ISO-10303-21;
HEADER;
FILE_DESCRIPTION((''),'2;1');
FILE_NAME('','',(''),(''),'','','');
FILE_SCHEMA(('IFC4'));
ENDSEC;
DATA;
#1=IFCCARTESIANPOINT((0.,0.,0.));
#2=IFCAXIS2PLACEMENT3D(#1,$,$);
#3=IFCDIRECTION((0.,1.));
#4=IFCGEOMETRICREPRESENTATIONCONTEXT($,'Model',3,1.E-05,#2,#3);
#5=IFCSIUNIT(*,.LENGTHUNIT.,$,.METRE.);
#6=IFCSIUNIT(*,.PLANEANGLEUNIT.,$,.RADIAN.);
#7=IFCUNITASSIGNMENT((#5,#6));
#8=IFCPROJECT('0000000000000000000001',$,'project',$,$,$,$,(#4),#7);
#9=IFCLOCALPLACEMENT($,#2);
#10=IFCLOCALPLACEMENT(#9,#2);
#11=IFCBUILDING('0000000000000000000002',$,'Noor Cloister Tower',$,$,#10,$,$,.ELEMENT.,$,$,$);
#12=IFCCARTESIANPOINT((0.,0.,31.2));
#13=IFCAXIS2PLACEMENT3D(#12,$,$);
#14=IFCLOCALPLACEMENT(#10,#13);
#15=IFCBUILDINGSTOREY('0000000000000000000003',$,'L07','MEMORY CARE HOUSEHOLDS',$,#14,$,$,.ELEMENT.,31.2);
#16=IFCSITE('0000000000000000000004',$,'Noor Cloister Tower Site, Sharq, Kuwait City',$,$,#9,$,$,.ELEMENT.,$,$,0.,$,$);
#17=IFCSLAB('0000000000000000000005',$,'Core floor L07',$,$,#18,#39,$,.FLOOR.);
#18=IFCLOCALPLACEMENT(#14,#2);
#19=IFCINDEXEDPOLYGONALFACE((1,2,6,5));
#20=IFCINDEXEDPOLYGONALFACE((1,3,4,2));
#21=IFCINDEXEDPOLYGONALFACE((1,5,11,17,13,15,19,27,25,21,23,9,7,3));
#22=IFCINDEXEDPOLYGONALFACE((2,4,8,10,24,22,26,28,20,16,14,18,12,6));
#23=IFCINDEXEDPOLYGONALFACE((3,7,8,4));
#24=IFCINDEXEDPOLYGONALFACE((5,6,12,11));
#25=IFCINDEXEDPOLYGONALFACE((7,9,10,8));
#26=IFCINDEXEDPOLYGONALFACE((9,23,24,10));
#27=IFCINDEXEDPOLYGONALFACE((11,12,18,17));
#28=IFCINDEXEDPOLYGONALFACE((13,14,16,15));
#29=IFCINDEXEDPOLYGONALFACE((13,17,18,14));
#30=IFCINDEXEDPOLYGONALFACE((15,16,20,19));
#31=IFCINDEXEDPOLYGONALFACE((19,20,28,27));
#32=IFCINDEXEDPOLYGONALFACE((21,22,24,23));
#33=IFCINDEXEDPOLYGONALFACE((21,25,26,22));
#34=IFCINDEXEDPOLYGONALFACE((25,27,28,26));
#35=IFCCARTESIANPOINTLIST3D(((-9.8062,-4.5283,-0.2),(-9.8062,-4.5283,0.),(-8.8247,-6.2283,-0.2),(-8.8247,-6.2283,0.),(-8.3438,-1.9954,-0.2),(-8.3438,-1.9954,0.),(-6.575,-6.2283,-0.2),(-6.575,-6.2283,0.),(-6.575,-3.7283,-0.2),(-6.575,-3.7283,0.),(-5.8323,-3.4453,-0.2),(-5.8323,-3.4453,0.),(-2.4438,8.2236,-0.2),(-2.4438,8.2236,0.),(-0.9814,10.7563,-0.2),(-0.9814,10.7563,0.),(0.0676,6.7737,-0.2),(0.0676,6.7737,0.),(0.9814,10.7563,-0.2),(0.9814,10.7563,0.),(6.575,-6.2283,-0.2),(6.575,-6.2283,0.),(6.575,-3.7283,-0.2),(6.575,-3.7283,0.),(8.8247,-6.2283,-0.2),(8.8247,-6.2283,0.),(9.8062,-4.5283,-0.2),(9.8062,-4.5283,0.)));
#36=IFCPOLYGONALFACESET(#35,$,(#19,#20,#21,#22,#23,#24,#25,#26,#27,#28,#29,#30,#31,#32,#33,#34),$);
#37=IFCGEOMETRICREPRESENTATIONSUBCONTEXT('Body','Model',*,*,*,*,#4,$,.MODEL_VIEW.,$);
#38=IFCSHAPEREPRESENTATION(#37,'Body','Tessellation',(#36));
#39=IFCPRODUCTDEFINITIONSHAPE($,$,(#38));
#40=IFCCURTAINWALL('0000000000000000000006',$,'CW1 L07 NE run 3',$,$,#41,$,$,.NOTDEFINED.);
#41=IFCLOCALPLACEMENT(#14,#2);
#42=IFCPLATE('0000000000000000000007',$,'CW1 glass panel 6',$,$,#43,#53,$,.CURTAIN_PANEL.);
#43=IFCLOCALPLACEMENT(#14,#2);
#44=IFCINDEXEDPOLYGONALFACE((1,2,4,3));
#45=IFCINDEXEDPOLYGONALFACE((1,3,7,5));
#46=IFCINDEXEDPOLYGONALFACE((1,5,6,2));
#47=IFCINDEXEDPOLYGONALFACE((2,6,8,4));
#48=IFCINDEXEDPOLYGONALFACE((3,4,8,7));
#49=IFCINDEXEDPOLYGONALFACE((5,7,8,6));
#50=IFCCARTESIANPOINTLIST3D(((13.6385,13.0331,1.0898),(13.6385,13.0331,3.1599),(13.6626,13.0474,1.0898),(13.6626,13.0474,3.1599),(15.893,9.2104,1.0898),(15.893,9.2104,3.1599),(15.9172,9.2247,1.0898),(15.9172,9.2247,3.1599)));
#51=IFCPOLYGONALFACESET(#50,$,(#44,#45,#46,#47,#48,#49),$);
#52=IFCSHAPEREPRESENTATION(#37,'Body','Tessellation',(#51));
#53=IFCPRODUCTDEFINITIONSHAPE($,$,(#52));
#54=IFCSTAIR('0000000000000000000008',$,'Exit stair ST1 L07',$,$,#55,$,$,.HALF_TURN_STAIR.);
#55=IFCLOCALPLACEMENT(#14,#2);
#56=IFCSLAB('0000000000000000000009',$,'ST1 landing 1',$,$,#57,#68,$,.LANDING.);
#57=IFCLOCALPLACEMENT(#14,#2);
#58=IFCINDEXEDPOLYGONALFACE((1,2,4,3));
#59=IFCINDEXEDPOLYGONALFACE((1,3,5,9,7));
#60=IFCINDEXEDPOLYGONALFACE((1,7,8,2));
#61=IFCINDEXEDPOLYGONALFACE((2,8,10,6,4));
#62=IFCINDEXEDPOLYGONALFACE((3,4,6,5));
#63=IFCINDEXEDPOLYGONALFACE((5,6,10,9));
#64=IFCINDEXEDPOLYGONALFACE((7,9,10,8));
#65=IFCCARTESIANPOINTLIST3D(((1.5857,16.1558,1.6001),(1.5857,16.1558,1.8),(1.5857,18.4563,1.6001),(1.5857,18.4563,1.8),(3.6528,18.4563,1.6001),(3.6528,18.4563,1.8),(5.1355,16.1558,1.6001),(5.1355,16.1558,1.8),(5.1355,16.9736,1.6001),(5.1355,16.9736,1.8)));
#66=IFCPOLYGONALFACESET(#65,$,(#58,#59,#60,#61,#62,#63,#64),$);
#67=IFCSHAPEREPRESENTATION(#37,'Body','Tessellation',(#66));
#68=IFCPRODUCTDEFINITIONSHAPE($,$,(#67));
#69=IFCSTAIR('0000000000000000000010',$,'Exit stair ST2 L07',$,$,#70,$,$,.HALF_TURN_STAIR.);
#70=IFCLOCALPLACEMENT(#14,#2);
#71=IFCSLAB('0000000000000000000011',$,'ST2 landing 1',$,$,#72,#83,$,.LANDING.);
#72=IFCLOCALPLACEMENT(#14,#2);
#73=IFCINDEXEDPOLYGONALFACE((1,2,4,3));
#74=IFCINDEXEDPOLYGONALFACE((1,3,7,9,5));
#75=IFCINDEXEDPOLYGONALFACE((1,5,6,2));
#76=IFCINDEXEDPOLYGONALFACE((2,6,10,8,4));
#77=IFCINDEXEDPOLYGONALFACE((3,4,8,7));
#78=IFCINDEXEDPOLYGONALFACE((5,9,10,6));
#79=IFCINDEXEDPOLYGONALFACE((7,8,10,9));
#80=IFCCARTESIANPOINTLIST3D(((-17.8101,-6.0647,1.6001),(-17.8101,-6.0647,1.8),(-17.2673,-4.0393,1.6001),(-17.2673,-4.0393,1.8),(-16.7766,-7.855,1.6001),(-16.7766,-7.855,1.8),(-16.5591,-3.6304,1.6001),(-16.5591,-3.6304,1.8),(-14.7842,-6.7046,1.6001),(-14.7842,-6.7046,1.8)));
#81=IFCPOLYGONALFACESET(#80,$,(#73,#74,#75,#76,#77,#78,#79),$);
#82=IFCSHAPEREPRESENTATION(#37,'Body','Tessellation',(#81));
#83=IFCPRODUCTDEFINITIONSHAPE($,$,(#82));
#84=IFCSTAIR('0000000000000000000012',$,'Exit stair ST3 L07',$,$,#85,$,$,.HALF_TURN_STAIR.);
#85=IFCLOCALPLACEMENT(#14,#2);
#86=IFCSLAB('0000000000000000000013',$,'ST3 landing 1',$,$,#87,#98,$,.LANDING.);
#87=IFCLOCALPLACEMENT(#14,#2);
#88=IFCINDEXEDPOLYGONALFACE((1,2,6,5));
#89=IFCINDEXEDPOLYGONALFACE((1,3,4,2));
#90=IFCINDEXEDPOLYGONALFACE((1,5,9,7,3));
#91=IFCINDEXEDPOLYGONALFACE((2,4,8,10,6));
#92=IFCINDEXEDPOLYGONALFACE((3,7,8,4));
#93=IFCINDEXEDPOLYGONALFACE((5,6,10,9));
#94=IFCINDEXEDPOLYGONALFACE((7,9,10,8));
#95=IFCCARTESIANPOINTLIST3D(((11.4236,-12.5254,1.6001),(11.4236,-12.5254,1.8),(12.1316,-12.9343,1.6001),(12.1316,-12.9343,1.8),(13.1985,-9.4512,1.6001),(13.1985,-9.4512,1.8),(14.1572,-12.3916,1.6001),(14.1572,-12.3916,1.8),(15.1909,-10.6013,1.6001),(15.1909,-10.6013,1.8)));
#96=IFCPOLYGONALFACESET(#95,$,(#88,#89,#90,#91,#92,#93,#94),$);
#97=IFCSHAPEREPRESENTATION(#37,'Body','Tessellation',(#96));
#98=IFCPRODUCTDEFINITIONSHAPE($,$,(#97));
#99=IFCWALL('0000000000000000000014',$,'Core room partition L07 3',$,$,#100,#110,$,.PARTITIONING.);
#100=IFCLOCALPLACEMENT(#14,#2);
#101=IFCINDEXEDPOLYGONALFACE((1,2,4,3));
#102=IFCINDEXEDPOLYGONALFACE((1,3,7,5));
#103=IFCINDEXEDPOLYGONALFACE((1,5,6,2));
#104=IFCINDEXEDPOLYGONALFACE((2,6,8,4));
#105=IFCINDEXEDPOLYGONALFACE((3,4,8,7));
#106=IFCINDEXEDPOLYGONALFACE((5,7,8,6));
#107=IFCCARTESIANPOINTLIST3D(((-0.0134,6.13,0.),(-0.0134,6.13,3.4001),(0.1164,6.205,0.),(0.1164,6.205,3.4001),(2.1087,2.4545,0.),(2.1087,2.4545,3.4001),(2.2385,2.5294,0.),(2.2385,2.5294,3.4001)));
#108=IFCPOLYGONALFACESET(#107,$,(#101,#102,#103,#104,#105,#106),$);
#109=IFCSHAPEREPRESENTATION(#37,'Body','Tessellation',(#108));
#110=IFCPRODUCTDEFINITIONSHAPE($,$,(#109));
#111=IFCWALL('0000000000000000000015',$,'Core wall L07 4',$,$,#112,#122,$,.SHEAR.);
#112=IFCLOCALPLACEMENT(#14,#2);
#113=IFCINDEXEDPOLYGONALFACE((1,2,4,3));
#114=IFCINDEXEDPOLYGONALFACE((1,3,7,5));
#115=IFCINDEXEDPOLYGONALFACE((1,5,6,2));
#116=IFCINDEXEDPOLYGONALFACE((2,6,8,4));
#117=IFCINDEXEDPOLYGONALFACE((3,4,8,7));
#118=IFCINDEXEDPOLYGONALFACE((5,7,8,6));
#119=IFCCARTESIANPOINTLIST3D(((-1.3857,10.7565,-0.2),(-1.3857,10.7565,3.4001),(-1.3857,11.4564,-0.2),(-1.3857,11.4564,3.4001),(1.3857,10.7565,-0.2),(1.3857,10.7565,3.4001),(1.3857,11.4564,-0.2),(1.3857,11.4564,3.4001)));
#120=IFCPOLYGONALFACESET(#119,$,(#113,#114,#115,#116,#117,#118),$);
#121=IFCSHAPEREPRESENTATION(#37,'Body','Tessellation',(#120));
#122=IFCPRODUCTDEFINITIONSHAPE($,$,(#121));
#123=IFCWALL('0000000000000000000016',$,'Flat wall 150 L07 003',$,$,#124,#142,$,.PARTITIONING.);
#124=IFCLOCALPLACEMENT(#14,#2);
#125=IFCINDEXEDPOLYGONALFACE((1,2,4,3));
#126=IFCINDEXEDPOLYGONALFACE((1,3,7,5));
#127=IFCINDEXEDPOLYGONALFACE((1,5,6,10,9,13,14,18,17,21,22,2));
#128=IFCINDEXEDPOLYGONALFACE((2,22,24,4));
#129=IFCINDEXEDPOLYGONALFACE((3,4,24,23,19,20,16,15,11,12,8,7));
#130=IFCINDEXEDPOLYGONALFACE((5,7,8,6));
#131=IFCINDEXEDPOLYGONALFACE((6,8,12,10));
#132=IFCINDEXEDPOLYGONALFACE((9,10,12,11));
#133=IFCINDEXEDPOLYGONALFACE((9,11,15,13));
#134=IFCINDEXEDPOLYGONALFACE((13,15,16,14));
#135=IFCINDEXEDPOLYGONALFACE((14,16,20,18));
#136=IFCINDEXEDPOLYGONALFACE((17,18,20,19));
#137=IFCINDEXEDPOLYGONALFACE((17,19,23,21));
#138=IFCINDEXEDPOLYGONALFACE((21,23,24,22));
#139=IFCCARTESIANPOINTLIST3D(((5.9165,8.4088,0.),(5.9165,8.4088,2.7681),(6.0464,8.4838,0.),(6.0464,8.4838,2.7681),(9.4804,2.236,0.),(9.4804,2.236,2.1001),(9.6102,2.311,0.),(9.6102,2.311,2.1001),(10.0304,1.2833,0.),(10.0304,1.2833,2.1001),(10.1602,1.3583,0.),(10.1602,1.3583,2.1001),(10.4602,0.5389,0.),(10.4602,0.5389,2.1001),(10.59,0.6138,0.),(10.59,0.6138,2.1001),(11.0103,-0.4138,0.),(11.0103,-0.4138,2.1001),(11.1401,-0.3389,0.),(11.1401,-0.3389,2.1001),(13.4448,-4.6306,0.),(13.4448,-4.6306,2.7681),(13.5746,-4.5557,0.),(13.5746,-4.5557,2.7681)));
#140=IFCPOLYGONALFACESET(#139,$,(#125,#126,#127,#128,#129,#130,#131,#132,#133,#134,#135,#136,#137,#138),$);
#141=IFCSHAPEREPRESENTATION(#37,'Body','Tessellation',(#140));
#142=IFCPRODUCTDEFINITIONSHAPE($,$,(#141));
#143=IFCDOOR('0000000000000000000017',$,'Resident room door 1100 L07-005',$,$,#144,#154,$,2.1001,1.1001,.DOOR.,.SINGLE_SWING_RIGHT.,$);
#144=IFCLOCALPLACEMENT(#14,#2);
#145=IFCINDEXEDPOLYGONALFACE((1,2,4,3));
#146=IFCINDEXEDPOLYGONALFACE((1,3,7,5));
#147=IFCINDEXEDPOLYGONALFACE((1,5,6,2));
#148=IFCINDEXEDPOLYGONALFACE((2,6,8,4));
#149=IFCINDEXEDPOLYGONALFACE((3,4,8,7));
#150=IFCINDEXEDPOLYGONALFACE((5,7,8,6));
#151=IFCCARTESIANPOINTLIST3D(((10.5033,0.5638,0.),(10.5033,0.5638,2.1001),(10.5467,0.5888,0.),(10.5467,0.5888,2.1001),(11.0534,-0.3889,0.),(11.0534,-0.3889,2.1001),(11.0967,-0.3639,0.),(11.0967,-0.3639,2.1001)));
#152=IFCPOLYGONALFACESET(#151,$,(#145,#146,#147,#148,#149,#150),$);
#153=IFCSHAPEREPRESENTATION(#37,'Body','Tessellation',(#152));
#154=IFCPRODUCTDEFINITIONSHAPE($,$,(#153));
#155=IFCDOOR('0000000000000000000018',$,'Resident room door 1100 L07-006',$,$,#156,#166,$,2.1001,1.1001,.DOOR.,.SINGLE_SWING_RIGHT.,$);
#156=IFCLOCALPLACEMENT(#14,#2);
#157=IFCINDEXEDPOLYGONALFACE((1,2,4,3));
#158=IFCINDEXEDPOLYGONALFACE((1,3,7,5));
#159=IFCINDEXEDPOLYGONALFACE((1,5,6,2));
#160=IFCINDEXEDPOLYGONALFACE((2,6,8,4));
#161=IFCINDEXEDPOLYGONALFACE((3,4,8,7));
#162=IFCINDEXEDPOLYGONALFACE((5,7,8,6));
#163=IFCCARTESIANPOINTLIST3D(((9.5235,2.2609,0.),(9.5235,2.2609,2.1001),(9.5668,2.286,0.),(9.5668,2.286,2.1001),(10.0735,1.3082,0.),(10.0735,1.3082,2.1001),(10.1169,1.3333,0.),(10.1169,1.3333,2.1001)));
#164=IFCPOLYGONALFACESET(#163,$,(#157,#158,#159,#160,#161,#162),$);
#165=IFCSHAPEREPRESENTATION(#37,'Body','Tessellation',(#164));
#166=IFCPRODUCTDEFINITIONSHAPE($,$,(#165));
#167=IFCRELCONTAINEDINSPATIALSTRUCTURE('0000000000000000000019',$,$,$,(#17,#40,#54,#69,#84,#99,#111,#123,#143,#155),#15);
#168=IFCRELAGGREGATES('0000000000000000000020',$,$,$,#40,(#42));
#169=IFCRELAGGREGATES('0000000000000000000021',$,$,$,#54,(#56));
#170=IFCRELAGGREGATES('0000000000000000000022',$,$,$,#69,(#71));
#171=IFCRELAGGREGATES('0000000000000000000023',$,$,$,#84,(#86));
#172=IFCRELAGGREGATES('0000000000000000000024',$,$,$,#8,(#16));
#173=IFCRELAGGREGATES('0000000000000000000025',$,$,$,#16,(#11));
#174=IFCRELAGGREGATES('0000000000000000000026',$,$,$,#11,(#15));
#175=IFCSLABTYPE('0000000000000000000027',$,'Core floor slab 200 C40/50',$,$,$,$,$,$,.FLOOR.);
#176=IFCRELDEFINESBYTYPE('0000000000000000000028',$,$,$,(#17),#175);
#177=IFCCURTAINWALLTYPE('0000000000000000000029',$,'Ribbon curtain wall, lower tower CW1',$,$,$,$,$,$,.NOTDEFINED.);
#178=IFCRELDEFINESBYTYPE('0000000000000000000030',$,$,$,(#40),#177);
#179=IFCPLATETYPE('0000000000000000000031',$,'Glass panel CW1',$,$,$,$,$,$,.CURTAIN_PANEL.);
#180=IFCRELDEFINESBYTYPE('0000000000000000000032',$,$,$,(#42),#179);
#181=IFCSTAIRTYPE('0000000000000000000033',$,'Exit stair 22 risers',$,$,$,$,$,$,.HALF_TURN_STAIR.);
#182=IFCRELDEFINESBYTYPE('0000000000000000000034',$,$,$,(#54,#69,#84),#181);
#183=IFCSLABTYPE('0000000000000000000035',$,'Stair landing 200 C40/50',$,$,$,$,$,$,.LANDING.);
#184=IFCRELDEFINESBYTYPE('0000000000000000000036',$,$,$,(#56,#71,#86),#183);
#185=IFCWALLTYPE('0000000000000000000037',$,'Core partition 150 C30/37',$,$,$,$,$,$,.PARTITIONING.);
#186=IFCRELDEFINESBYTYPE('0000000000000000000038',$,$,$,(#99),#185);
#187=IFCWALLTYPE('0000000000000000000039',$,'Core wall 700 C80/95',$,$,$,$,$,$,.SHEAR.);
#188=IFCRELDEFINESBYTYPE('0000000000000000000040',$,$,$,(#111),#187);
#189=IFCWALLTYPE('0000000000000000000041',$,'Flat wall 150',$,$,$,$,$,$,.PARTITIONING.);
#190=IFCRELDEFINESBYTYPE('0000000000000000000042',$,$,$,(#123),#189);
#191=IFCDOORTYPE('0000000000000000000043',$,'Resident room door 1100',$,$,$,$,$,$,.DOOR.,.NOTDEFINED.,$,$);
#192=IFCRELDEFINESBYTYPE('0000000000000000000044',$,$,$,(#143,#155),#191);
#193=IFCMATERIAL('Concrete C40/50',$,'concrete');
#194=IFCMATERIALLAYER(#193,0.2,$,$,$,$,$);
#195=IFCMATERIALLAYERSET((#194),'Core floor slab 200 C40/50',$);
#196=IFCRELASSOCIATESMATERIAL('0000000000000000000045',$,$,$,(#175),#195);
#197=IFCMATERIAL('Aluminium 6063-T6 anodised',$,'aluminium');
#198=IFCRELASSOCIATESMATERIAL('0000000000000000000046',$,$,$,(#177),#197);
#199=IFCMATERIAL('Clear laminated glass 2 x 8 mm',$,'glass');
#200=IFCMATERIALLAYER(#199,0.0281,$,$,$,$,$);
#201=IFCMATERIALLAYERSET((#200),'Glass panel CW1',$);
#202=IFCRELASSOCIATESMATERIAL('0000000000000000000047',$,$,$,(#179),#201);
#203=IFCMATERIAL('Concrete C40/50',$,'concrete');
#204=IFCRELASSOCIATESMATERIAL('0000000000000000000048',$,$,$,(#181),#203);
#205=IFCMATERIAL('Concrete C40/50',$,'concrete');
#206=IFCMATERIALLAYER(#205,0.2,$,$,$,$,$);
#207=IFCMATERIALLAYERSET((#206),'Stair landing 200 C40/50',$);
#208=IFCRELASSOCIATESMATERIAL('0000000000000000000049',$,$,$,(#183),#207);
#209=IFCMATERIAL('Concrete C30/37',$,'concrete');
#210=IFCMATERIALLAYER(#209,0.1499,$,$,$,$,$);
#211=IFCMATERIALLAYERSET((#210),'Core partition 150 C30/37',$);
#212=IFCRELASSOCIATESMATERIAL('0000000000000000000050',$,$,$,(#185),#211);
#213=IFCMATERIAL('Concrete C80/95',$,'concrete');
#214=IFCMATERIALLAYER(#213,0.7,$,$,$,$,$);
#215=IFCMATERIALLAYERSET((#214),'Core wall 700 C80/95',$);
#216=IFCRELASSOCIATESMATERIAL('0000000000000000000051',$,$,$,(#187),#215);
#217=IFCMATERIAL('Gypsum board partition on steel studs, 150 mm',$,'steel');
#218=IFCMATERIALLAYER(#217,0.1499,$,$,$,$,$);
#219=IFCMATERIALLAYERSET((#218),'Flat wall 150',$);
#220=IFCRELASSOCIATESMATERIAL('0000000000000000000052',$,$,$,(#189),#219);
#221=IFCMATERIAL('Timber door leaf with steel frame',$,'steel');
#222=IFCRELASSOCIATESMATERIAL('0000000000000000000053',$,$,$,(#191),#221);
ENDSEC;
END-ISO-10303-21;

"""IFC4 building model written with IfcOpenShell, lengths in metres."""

from ifc_helpers import new_model, si_unit, direction, frame, frame_2d, origin, origin_2d, place, context, subcontext, project, spatial, polyline, rectangle, outline, extrude, material, layer, layer_set, type_object, element, fill, aggregate, save


model = new_model("IFC4")

# Units and contexts
model_context = context("Model", 3, precision=1e-05, world=origin(), true_north=direction((0.0, 1.0)))
body_context = subcontext(model_context, "Body", "Model", "MODEL_VIEW")
ifc_project = project(units=[si_unit("LENGTHUNIT", "METRE"), si_unit("PLANEANGLEUNIT", "RADIAN")], contexts=[model_context])

# Site, building, storey
site_placement = place(None, origin())
site = spatial("IfcSite", under=ifc_project, at=site_placement, Name="Noor Cloister Tower Site, Sharq, Kuwait City", CompositionType="ELEMENT", RefElevation=0.0)
building_placement = place(site_placement, origin())
building = spatial("IfcBuilding", under=site, at=building_placement, Name="Noor Cloister Tower", CompositionType="ELEMENT")
storey_placement = place(building_placement, frame((0.0, 0.0, 31.2)))
storey = spatial("IfcBuildingStorey", under=building, at=storey_placement, Name="L07", Description="MEMORY CARE HOUSEHOLDS", CompositionType="ELEMENT", Elevation=31.2)

# Slab
ifc_material_1 = material(Name="Concrete C40/50", Category="concrete")
ifc_layer_1 = layer(ifc_material_1, 0.2)
ifc_layer_set_1 = layer_set([ifc_layer_1], Name="Core floor slab 200 C40/50")
slab_type_1 = type_object("IfcSlabType", Name="Core floor slab 200 C40/50", PredefinedType="FLOOR", material=ifc_layer_set_1)
slab_1_placement = place(storey_placement, frame((0.0, 0.0, -0.2)))
element("IfcSlab", 1, at=slab_1_placement, inside=storey, type_object=slab_type_1, Name="Core floor L07", PredefinedType="FLOOR", context=body_context, shape_type="SweptSolid", body=[
    extrude(outline(polyline([(-6.575, -6.2283), (-6.575, -3.7283), (6.575, -3.7283), (6.575, -6.2283), (8.8247, -6.2283), (9.8062, -4.5283), (0.9814, 10.7563), (-0.9814, 10.7563), (-2.4438, 8.2236), (0.0676, 6.7737), (-5.8323, -3.4453), (-8.3438, -1.9954), (-9.8062, -4.5283), (-8.8247, -6.2283), (-6.575, -6.2283)])), origin(), (0.0, 0.0, 1.0), 0.2),
])

# Curtain wall, plate
ifc_material_2 = material(Name="Aluminium 6063-T6 anodised", Category="aluminium")
curtain_wall_type = type_object("IfcCurtainWallType", Name="Ribbon curtain wall, lower tower CW1", PredefinedType="NOTDEFINED", material=ifc_material_2)
curtain_wall_placement = place(storey_placement, origin())
curtain_wall = element("IfcCurtainWall", 2, at=curtain_wall_placement, inside=storey, type_object=curtain_wall_type, Name="CW1 L07 NE run 3", PredefinedType="NOTDEFINED")
ifc_material_3 = material(Name="Clear laminated glass 2 x 8 mm", Category="glass")
ifc_layer_2 = layer(ifc_material_3, 0.0281)
ifc_layer_set_2 = layer_set([ifc_layer_2], Name="Glass panel CW1")
plate_type = type_object("IfcPlateType", Name="Glass panel CW1", PredefinedType="CURTAIN_PANEL", material=ifc_layer_set_2)
plate_placement = place(storey_placement, frame((14.7778, 11.1289, 1.0898), z_axis=(0.0, 0.0, 1.0), x_axis=(-0.508012, 0.86135, 0.0)))
plate = element("IfcPlate", 3, at=plate_placement, type_object=plate_type, Name="CW1 glass panel 6", PredefinedType="CURTAIN_PANEL", context=body_context, shape_type="SweptSolid", body=[
    extrude(rectangle(XDim=4.438, YDim=0.0281, at=origin_2d()), origin(), (0.0, 0.0, 1.0), 2.0701),
])
aggregate(curtain_wall, [plate])

# Stairs, slabs
ifc_material_4 = material(Name="Concrete C40/50", Category="concrete")
stair_type = type_object("IfcStairType", Name="Exit stair 22 risers", PredefinedType="HALF_TURN_STAIR", material=ifc_material_4)
stair_1_placement = place(storey_placement, origin())
stair_1 = element("IfcStair", 4, at=stair_1_placement, inside=storey, type_object=stair_type, Name="Exit stair ST1 L07", PredefinedType="HALF_TURN_STAIR")
ifc_material_5 = material(Name="Concrete C40/50", Category="concrete")
ifc_layer_3 = layer(ifc_material_5, 0.2)
ifc_layer_set_3 = layer_set([ifc_layer_3], Name="Stair landing 200 C40/50")
slab_type_2 = type_object("IfcSlabType", Name="Stair landing 200 C40/50", PredefinedType="LANDING", material=ifc_layer_set_3)
slab_2_placement = place(storey_placement, frame((0.0, 0.0, 1.6001)))
slab_2 = element("IfcSlab", 5, at=slab_2_placement, type_object=slab_type_2, Name="ST1 landing 1", PredefinedType="LANDING", context=body_context, shape_type="SweptSolid", body=[
    extrude(outline(polyline([(5.1355, 16.1558), (5.1355, 16.9736), (3.6528, 18.4563), (1.5857, 18.4563), (1.5857, 16.1558), (5.1355, 16.1558)])), origin(), (0.0, 0.0, 1.0), 0.2),
])
aggregate(stair_1, [slab_2])
stair_2_placement = place(storey_placement, origin())
stair_2 = element("IfcStair", 6, at=stair_2_placement, inside=storey, type_object=stair_type, Name="Exit stair ST2 L07", PredefinedType="HALF_TURN_STAIR")
slab_3_placement = place(storey_placement, frame((0.0, 0.0, 1.6001)))
slab_3 = element("IfcSlab", 7, at=slab_3_placement, type_object=slab_type_2, Name="ST2 landing 1", PredefinedType="LANDING", context=body_context, shape_type="SweptSolid", body=[
    extrude(outline(polyline([(-16.5591, -3.6304), (-17.2673, -4.0393), (-17.8101, -6.0647), (-16.7766, -7.855), (-14.7842, -6.7046), (-16.5591, -3.6304)])), origin(), (0.0, 0.0, 1.0), 0.2),
])
aggregate(stair_2, [slab_3])
stair_3_placement = place(storey_placement, origin())
stair_3 = element("IfcStair", 8, at=stair_3_placement, inside=storey, type_object=stair_type, Name="Exit stair ST3 L07", PredefinedType="HALF_TURN_STAIR")
slab_4_placement = place(storey_placement, frame((0.0, 0.0, 1.6001)))
slab_4 = element("IfcSlab", 9, at=slab_4_placement, type_object=slab_type_2, Name="ST3 landing 1", PredefinedType="LANDING", context=body_context, shape_type="SweptSolid", body=[
    extrude(outline(polyline([(11.4236, -12.5254), (12.1316, -12.9343), (14.1572, -12.3916), (15.1909, -10.6013), (13.1985, -9.4512), (11.4236, -12.5254)])), origin(), (0.0, 0.0, 1.0), 0.2),
])
aggregate(stair_3, [slab_4])

# Walls
ifc_material_6 = material(Name="Concrete C30/37", Category="concrete")
ifc_layer_4 = layer(ifc_material_6, 0.1499)
ifc_layer_set_4 = layer_set([ifc_layer_4], Name="Core partition 150 C30/37")
wall_type_1 = type_object("IfcWallType", Name="Core partition 150 C30/37", PredefinedType="PARTITIONING", material=ifc_layer_set_4)
wall_1_placement = place(storey_placement, frame((2.1736, 2.4919, 0.0), z_axis=(0.0, 0.0, 1.0), x_axis=(-0.5, 0.866026, 0.0)))
element("IfcWall", 10, at=wall_1_placement, inside=storey, type_object=wall_type_1, Name="Core room partition L07 3", PredefinedType="PARTITIONING", context=body_context, shape_type="SweptSolid", body=[
    extrude(rectangle(XDim=4.2441, YDim=0.1499, at=frame_2d((2.1221, 0.0))), origin(), (0.0, 0.0, 1.0), 3.4001),
])
ifc_material_7 = material(Name="Concrete C80/95", Category="concrete")
ifc_layer_5 = layer(ifc_material_7, 0.7)
ifc_layer_set_5 = layer_set([ifc_layer_5], Name="Core wall 700 C80/95")
wall_type_2 = type_object("IfcWallType", Name="Core wall 700 C80/95", PredefinedType="SHEAR", material=ifc_layer_set_5)
wall_2_placement = place(storey_placement, frame((1.3857, 11.1064, -0.2), z_axis=(0.0, 0.0, 1.0), x_axis=(-1.0, 0.0, 0.0)))
element("IfcWall", 11, at=wall_2_placement, inside=storey, type_object=wall_type_2, Name="Core wall L07 4", PredefinedType="SHEAR", context=body_context, shape_type="SweptSolid", body=[
    extrude(rectangle(XDim=2.7715, YDim=0.7, at=frame_2d((1.3857, 0.0))), origin(), (0.0, 0.0, 1.0), 3.6001),
])

# Wall, openings, doors
ifc_material_8 = material(Name="Gypsum board partition on steel studs, 150 mm", Category="steel")
ifc_layer_6 = layer(ifc_material_8, 0.1499)
ifc_layer_set_6 = layer_set([ifc_layer_6], Name="Flat wall 150")
wall_type_3 = type_object("IfcWallType", Name="Flat wall 150", PredefinedType="PARTITIONING", material=ifc_layer_set_6)
wall_3_placement = place(storey_placement, frame((5.9814, 8.4463, 0.0), z_axis=(0.0, 0.0, 1.0), x_axis=(0.499997, -0.866027, 0.0)))
wall_3 = element("IfcWall", 12, at=wall_3_placement, inside=storey, type_object=wall_type_3, Name="Flat wall 150 L07 003", PredefinedType="PARTITIONING", context=body_context, shape_type="SweptSolid", body=[
    extrude(rectangle(XDim=15.0566, YDim=0.1499, at=frame_2d((7.5283, 0.0))), origin(), (0.0, 0.0, 1.0), 2.7681),
])
opening_1_placement = place(wall_3_placement, frame((9.0874, 0.0, 0.0)))
opening_1 = element("IfcOpeningElement", 13, at=opening_1_placement, cuts=wall_3, PredefinedType="OPENING", context=body_context, shape_type="SweptSolid", body=[
    extrude(rectangle(XDim=1.1001, YDim=2.1001, at=frame_2d((0.55, 1.05))), frame((0.0, 0.085, 0.0), z_axis=(0.0, -1.0, 0.0), x_axis=(1.0, 0.0, 0.0)), (0.0, 0.0, 1.0), 0.1699),
])
opening_2_placement = place(wall_3_placement, frame((7.1277, 0.0, 0.0)))
opening_2 = element("IfcOpeningElement", 14, at=opening_2_placement, cuts=wall_3, PredefinedType="OPENING", context=body_context, shape_type="SweptSolid", body=[
    extrude(rectangle(XDim=1.1001, YDim=2.1001, at=frame_2d((0.55, 1.05))), frame((0.0, 0.085, 0.0), z_axis=(0.0, -1.0, 0.0), x_axis=(1.0, 0.0, 0.0)), (0.0, 0.0, 1.0), 0.1699),
])
ifc_material_9 = material(Name="Timber door leaf with steel frame", Category="steel")
door_type_1 = type_object("IfcDoorType", Name="Resident room door 1100", OperationType="NOTDEFINED", PredefinedType="DOOR", material=ifc_material_9)
door_1_placement = place(opening_1_placement, origin())
door_1 = element("IfcDoor", 15, at=door_1_placement, inside=storey, type_object=door_type_1, Name="Resident room door 1100 L07-005", OperationType="SINGLE_SWING_RIGHT", OverallHeight=2.1001, OverallWidth=1.1001, PredefinedType="DOOR", context=body_context, shape_type="SweptSolid", body=[
    extrude(rectangle(XDim=1.1001, YDim=2.1001, at=frame_2d((0.55, 1.05))), frame((0.0, 0.0249, 0.0), z_axis=(0.0, -1.0, 0.0), x_axis=(1.0, 0.0, 0.0)), (0.0, 0.0, 1.0), 0.05),
])
fill(opening_1, door_1)
door_2_placement = place(opening_2_placement, origin())
door_2 = element("IfcDoor", 16, at=door_2_placement, inside=storey, type_object=door_type_1, Name="Resident room door 1100 L07-006", OperationType="SINGLE_SWING_RIGHT", OverallHeight=2.1001, OverallWidth=1.1001, PredefinedType="DOOR", context=body_context, shape_type="SweptSolid", body=[
    extrude(rectangle(XDim=1.1001, YDim=2.1001, at=frame_2d((0.55, 1.05))), frame((0.0, 0.0249, 0.0), z_axis=(0.0, -1.0, 0.0), x_axis=(1.0, 0.0, 0.0)), (0.0, 0.0, 1.0), 0.05),
])
fill(opening_2, door_2)

save(model, "model.ifc")
